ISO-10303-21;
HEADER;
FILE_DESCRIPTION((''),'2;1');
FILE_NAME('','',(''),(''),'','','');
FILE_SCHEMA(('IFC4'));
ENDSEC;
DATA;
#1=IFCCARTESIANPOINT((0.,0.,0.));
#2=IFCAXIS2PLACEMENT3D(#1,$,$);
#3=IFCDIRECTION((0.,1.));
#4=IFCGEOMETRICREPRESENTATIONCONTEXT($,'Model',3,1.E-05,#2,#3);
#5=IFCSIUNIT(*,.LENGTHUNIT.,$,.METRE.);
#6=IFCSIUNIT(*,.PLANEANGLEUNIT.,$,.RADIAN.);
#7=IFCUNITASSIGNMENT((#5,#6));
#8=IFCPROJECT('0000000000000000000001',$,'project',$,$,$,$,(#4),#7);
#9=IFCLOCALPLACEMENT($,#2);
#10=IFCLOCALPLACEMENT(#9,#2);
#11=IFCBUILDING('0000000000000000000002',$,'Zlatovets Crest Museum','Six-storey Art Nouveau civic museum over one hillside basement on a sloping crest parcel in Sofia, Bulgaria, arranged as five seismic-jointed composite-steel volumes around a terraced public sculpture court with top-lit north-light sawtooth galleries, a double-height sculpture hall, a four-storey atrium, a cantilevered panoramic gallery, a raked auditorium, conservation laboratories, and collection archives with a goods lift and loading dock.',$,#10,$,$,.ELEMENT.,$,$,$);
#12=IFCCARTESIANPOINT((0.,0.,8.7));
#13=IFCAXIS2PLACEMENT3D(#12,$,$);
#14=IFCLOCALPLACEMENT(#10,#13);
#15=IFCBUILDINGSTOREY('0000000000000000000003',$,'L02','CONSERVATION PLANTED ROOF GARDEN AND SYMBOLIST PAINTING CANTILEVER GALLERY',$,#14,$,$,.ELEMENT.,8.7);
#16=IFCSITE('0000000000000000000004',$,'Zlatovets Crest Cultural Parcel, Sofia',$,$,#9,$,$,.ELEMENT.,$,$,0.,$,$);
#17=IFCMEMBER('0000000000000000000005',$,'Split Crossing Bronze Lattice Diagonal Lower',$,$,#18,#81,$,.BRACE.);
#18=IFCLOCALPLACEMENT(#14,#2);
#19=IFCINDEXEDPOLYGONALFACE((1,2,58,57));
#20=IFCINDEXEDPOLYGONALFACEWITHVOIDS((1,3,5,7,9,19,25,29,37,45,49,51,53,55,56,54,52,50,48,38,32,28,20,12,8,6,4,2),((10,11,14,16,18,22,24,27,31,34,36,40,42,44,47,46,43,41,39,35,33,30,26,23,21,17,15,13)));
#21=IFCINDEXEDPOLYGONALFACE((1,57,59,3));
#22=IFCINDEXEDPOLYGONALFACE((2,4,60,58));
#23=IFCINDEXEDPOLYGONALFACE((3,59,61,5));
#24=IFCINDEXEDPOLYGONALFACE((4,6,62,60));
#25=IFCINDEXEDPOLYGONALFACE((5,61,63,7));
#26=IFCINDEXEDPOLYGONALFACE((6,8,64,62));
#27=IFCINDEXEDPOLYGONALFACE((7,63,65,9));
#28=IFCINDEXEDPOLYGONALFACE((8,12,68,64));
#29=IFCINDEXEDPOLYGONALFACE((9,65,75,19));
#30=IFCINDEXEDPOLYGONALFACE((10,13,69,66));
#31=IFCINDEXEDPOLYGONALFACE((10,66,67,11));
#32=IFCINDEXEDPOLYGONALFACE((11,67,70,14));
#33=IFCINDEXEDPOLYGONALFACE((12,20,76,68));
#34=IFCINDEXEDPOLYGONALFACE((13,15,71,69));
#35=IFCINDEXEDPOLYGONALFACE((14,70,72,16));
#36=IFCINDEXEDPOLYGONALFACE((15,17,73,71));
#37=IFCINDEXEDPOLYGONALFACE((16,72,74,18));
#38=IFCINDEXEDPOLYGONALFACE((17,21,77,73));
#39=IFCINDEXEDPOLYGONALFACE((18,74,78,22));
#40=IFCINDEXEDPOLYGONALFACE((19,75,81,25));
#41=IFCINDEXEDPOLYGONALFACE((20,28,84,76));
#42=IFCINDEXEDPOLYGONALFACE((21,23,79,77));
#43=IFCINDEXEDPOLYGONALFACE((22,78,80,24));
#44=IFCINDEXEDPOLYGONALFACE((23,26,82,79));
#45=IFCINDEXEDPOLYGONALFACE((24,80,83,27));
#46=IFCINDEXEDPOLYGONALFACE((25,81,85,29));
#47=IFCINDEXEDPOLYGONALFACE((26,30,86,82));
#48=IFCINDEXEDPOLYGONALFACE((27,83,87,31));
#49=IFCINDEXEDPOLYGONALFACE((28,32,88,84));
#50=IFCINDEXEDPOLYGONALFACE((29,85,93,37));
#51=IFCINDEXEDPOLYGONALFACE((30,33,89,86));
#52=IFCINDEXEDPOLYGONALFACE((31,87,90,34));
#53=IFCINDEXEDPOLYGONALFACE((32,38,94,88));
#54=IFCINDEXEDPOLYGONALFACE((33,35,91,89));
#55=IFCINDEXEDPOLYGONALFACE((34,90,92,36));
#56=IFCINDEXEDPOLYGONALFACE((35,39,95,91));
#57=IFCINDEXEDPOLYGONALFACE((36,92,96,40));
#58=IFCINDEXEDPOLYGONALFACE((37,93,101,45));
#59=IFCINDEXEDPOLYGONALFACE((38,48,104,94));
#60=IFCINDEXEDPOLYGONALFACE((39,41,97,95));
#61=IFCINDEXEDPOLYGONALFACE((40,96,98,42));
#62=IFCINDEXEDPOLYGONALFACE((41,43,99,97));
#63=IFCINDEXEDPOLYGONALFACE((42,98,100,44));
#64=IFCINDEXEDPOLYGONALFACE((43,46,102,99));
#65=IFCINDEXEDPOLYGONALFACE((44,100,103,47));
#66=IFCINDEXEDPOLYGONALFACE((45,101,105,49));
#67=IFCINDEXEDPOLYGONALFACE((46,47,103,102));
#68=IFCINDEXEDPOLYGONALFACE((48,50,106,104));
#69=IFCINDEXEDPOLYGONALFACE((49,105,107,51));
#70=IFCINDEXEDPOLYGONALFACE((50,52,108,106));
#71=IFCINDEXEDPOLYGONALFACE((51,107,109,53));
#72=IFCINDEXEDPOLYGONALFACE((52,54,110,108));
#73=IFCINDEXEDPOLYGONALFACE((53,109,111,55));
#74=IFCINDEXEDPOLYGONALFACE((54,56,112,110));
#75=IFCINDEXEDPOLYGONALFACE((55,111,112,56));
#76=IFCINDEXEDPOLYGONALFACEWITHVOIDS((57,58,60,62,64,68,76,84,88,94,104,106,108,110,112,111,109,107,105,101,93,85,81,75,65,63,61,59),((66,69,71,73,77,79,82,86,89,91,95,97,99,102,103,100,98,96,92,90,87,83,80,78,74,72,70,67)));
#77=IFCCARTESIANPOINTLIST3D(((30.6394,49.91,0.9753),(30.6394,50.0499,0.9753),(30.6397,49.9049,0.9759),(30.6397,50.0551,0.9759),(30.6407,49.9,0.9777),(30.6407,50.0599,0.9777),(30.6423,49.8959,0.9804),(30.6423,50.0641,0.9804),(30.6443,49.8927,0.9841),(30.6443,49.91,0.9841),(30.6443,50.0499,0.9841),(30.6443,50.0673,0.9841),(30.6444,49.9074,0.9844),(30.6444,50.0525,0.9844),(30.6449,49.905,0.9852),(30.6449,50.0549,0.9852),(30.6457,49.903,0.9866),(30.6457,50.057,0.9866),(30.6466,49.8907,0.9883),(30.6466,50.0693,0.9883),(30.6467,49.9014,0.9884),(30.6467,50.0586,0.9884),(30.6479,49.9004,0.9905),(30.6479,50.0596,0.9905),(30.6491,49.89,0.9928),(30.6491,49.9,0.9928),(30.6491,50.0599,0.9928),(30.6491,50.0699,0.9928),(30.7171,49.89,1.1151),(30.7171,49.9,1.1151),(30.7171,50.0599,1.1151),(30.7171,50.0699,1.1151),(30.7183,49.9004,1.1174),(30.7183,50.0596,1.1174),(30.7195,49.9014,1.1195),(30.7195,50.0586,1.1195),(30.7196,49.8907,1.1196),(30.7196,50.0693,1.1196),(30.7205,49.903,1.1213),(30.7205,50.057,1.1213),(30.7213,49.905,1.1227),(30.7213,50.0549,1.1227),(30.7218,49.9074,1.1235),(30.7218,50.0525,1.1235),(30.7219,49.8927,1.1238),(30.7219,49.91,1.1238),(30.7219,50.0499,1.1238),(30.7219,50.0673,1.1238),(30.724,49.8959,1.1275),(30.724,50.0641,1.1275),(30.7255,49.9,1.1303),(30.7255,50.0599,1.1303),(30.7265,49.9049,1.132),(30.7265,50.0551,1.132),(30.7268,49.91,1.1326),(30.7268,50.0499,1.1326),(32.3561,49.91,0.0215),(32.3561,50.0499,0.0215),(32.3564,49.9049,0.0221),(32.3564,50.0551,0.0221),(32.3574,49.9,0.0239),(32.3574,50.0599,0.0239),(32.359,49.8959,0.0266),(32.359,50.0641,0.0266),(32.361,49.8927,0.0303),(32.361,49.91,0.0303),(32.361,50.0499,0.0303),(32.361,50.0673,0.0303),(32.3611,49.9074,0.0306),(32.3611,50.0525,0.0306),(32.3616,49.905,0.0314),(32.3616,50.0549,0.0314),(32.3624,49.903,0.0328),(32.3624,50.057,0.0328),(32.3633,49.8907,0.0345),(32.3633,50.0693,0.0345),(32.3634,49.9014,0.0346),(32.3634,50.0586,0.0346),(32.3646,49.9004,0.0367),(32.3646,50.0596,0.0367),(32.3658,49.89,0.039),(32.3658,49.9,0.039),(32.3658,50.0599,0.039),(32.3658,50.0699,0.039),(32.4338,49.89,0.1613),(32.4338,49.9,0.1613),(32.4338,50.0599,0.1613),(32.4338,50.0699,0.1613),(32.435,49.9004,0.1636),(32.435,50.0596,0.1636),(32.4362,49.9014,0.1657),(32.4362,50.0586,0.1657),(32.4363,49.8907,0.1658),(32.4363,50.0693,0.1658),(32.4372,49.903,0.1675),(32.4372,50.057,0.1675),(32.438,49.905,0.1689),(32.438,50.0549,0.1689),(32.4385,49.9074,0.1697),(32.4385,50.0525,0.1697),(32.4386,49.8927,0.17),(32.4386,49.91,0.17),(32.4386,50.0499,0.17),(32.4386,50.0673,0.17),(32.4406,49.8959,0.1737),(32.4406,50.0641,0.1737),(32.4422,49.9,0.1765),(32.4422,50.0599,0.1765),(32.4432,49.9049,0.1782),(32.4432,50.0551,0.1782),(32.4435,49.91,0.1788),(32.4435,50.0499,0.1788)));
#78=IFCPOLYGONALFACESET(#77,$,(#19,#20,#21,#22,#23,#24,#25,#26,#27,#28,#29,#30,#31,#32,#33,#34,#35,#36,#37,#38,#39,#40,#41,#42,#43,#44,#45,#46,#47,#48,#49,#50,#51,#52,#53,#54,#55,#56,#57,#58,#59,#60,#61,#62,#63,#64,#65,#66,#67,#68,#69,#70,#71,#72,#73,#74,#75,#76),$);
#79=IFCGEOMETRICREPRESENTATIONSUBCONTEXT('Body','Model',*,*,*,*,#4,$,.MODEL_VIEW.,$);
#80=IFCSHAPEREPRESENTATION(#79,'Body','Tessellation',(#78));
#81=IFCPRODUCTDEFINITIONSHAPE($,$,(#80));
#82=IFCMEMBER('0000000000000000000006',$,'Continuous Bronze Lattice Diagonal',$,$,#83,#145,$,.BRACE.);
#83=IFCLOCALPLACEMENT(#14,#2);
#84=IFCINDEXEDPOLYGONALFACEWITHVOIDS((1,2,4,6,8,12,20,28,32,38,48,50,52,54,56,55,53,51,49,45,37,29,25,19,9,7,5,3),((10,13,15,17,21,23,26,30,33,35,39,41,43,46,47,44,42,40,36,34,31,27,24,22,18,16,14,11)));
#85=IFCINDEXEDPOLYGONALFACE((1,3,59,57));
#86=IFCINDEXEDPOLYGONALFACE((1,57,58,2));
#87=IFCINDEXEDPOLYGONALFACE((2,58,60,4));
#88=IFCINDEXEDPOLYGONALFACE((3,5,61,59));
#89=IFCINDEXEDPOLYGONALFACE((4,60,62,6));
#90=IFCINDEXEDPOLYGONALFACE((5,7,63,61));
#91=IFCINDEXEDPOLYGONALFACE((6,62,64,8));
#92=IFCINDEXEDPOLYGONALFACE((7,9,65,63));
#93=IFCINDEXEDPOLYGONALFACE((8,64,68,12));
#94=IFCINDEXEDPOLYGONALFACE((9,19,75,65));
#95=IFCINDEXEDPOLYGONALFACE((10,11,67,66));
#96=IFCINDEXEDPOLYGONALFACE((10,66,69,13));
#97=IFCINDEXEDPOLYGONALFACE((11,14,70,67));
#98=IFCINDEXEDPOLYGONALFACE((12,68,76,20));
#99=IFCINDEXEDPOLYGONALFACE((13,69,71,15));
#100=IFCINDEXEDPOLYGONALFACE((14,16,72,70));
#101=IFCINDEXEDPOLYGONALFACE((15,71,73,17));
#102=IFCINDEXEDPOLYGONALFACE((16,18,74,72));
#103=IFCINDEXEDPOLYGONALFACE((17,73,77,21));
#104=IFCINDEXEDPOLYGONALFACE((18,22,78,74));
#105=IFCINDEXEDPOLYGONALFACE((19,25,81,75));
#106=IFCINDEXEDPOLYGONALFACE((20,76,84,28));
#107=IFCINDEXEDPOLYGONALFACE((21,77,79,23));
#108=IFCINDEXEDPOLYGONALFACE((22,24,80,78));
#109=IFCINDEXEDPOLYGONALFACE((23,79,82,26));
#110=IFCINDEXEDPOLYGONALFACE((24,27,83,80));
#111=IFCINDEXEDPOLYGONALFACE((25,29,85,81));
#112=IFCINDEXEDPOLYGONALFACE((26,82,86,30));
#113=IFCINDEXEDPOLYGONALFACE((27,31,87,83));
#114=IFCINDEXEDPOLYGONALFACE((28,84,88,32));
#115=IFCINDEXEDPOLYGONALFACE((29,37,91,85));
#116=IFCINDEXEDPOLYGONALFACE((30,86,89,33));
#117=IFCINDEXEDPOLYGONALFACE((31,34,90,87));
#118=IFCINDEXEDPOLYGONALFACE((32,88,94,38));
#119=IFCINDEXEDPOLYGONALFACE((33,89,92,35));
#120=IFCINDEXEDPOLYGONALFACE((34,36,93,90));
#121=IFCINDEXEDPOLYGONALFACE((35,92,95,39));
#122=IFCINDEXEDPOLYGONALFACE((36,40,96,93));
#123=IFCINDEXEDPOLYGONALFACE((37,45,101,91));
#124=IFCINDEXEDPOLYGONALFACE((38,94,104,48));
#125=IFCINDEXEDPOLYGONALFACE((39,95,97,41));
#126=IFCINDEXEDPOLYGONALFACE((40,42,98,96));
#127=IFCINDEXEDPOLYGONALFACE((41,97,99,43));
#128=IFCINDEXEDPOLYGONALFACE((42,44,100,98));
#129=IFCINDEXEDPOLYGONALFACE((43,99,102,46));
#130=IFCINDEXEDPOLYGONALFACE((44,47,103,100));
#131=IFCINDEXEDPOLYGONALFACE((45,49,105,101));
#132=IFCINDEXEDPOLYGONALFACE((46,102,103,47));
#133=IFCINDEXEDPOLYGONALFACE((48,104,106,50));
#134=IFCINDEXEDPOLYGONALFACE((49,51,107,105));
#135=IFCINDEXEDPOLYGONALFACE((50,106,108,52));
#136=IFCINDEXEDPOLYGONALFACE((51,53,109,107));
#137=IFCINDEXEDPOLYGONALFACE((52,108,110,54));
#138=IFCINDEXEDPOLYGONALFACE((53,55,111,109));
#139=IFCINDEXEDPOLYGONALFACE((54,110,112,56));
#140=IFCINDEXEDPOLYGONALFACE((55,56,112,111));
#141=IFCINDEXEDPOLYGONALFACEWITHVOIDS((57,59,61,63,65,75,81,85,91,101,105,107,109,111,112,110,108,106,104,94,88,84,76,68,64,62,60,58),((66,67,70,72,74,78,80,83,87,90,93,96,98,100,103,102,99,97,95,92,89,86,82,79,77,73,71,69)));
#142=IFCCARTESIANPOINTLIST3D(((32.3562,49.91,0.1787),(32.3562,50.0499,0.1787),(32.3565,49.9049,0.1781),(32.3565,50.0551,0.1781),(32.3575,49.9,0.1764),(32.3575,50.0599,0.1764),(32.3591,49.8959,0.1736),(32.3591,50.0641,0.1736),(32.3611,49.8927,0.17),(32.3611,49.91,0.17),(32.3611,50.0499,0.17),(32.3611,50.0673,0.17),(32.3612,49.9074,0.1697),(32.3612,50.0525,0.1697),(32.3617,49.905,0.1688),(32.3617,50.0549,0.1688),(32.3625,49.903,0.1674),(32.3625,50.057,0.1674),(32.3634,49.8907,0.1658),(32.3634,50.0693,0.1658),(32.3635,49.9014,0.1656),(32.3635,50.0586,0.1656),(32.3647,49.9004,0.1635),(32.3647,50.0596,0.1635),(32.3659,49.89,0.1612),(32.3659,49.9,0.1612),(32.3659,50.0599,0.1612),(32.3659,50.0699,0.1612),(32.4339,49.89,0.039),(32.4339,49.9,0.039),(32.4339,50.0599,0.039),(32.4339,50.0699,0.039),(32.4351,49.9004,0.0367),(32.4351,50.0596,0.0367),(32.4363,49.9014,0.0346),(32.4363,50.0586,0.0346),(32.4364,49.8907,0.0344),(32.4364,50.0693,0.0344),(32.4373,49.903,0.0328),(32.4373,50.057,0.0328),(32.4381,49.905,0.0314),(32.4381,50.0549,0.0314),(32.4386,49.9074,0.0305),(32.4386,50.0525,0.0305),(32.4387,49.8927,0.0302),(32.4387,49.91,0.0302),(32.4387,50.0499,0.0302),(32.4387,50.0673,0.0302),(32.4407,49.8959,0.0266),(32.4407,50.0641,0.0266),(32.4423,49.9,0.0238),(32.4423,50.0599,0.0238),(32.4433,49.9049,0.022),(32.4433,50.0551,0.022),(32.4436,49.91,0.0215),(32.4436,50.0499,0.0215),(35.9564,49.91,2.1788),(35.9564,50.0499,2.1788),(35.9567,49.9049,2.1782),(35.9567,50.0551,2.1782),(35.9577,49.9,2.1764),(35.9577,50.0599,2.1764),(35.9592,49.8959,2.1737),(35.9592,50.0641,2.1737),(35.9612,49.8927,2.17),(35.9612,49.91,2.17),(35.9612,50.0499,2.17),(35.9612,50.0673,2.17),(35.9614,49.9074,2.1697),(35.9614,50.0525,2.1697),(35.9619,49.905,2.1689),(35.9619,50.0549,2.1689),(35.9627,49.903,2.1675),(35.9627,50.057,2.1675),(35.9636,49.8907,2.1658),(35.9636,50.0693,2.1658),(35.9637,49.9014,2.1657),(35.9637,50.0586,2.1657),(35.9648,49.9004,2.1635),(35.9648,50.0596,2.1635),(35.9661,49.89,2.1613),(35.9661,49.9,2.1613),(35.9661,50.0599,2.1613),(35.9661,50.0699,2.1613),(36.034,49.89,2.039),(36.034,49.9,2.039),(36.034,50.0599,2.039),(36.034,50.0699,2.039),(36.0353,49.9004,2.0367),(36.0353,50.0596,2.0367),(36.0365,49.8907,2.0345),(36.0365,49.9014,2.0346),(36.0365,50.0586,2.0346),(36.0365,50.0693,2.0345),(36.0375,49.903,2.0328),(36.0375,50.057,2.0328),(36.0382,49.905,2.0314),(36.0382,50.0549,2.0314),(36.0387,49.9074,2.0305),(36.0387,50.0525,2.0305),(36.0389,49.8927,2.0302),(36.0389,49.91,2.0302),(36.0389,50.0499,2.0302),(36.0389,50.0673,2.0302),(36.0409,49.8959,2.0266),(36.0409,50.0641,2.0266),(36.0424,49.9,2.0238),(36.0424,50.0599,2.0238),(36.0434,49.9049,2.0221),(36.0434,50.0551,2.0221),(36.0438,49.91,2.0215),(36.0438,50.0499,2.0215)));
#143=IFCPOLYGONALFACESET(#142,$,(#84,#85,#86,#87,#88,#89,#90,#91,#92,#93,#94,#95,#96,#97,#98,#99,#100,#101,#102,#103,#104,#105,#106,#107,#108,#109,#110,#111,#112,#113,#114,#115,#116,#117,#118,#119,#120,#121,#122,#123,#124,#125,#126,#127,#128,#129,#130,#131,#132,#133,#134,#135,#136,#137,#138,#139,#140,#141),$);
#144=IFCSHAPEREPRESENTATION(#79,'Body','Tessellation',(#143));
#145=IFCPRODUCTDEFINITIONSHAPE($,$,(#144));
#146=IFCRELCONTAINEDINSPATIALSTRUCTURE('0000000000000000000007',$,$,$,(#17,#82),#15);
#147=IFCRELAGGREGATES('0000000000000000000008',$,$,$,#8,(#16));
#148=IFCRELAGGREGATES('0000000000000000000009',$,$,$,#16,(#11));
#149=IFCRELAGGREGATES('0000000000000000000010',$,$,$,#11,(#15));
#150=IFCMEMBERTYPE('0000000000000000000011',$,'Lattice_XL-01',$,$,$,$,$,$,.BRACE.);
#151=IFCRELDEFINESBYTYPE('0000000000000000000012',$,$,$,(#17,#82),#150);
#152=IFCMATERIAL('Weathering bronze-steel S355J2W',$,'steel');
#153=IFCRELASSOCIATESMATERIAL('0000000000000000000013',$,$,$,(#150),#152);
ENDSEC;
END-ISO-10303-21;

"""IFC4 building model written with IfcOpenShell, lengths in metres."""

from ifc_helpers import new_model, si_unit, direction, frame, origin, origin_2d, place, context, subcontext, project, spatial, hollow_rectangle, extrude, material, material_profile, profile_set, type_object, element, save


model = new_model("IFC4")

# Units and contexts
model_context = context("Model", 3, precision=1e-05, world=origin(), true_north=direction((0.0, 1.0)))
body_context = subcontext(model_context, "Body", "Model", "MODEL_VIEW")
ifc_project = project(units=[si_unit("LENGTHUNIT", "METRE"), si_unit("PLANEANGLEUNIT", "RADIAN")], contexts=[model_context])

# Site, building, storey
site_placement = place(None, origin())
site = spatial("IfcSite", under=ifc_project, at=site_placement, Name="Zlatovets Crest Cultural Parcel, Sofia", CompositionType="ELEMENT", RefElevation=0.0)
building_placement = place(site_placement, origin())
building = spatial("IfcBuilding", under=site, at=building_placement, Name="Zlatovets Crest Museum", Description="Six-storey Art Nouveau civic museum over one hillside basement on a sloping crest parcel in Sofia, Bulgaria, arranged as five seismic-jointed composite-steel volumes around a terraced public sculpture court with top-lit north-light sawtooth galleries, a double-height sculpture hall, a four-storey atrium, a cantilevered panoramic gallery, a raked auditorium, conservation laboratories, and collection archives with a goods lift and loading dock.", CompositionType="ELEMENT")
storey_placement = place(building_placement, frame((0.0, 0.0, 8.7)))
storey = spatial("IfcBuildingStorey", under=building, at=storey_placement, Name="L02", Description="CONSERVATION PLANTED ROOF GARDEN AND SYMBOLIST PAINTING CANTILEVER GALLERY", CompositionType="ELEMENT", Elevation=8.7)

# Members
ifc_material_1 = material(Name="Weathering bronze-steel S355J2W", Category="steel")
ifc_material_profile_1 = material_profile(ifc_material_1, hollow_rectangle(XDim=0.1799, YDim=0.1799, WallThickness=0.01, InnerFilletRadius=0.01, OuterFilletRadius=0.02, at=origin_2d()), Name="SHS 180x180x10.0")
ifc_profile_set_1 = profile_set([ifc_material_profile_1], Name="Weathering bronze-steel S355J2W")
member_type_1 = type_object("IfcMemberType", Name="Lattice_XL-01", PredefinedType="BRACE", material=ifc_profile_set_1)
member_1_placement = place(storey_placement, frame((30.6831, 49.98, 1.054), z_axis=(0.87414, 0.0, -0.485675), x_axis=(0.0, 1.0, 0.0)))
element("IfcMember", 1, at=member_1_placement, inside=storey, type_object=member_type_1, Name="Split Crossing Bronze Lattice Diagonal Lower", PredefinedType="BRACE", context=body_context, shape_type="SweptSolid", body=[
    extrude(hollow_rectangle(XDim=0.1799, YDim=0.1799, WallThickness=0.01, InnerFilletRadius=0.01, OuterFilletRadius=0.02, at=origin_2d()), origin(), (0.0, 0.0, 1.0), 1.9639),
])
member_2_placement = place(storey_placement, frame((32.3999, 49.98, 0.1001), z_axis=(0.874163, 0.0, 0.485633), x_axis=(0.0, 1.0, 0.0)))
element("IfcMember", 2, at=member_2_placement, inside=storey, type_object=member_type_1, Name="Continuous Bronze Lattice Diagonal", PredefinedType="BRACE", context=body_context, shape_type="SweptSolid", body=[
    extrude(hollow_rectangle(XDim=0.1799, YDim=0.1799, WallThickness=0.01, InnerFilletRadius=0.01, OuterFilletRadius=0.02, at=origin_2d()), origin(), (0.0, 0.0, 1.0), 4.1184),
])

save(model, "model.ifc")
